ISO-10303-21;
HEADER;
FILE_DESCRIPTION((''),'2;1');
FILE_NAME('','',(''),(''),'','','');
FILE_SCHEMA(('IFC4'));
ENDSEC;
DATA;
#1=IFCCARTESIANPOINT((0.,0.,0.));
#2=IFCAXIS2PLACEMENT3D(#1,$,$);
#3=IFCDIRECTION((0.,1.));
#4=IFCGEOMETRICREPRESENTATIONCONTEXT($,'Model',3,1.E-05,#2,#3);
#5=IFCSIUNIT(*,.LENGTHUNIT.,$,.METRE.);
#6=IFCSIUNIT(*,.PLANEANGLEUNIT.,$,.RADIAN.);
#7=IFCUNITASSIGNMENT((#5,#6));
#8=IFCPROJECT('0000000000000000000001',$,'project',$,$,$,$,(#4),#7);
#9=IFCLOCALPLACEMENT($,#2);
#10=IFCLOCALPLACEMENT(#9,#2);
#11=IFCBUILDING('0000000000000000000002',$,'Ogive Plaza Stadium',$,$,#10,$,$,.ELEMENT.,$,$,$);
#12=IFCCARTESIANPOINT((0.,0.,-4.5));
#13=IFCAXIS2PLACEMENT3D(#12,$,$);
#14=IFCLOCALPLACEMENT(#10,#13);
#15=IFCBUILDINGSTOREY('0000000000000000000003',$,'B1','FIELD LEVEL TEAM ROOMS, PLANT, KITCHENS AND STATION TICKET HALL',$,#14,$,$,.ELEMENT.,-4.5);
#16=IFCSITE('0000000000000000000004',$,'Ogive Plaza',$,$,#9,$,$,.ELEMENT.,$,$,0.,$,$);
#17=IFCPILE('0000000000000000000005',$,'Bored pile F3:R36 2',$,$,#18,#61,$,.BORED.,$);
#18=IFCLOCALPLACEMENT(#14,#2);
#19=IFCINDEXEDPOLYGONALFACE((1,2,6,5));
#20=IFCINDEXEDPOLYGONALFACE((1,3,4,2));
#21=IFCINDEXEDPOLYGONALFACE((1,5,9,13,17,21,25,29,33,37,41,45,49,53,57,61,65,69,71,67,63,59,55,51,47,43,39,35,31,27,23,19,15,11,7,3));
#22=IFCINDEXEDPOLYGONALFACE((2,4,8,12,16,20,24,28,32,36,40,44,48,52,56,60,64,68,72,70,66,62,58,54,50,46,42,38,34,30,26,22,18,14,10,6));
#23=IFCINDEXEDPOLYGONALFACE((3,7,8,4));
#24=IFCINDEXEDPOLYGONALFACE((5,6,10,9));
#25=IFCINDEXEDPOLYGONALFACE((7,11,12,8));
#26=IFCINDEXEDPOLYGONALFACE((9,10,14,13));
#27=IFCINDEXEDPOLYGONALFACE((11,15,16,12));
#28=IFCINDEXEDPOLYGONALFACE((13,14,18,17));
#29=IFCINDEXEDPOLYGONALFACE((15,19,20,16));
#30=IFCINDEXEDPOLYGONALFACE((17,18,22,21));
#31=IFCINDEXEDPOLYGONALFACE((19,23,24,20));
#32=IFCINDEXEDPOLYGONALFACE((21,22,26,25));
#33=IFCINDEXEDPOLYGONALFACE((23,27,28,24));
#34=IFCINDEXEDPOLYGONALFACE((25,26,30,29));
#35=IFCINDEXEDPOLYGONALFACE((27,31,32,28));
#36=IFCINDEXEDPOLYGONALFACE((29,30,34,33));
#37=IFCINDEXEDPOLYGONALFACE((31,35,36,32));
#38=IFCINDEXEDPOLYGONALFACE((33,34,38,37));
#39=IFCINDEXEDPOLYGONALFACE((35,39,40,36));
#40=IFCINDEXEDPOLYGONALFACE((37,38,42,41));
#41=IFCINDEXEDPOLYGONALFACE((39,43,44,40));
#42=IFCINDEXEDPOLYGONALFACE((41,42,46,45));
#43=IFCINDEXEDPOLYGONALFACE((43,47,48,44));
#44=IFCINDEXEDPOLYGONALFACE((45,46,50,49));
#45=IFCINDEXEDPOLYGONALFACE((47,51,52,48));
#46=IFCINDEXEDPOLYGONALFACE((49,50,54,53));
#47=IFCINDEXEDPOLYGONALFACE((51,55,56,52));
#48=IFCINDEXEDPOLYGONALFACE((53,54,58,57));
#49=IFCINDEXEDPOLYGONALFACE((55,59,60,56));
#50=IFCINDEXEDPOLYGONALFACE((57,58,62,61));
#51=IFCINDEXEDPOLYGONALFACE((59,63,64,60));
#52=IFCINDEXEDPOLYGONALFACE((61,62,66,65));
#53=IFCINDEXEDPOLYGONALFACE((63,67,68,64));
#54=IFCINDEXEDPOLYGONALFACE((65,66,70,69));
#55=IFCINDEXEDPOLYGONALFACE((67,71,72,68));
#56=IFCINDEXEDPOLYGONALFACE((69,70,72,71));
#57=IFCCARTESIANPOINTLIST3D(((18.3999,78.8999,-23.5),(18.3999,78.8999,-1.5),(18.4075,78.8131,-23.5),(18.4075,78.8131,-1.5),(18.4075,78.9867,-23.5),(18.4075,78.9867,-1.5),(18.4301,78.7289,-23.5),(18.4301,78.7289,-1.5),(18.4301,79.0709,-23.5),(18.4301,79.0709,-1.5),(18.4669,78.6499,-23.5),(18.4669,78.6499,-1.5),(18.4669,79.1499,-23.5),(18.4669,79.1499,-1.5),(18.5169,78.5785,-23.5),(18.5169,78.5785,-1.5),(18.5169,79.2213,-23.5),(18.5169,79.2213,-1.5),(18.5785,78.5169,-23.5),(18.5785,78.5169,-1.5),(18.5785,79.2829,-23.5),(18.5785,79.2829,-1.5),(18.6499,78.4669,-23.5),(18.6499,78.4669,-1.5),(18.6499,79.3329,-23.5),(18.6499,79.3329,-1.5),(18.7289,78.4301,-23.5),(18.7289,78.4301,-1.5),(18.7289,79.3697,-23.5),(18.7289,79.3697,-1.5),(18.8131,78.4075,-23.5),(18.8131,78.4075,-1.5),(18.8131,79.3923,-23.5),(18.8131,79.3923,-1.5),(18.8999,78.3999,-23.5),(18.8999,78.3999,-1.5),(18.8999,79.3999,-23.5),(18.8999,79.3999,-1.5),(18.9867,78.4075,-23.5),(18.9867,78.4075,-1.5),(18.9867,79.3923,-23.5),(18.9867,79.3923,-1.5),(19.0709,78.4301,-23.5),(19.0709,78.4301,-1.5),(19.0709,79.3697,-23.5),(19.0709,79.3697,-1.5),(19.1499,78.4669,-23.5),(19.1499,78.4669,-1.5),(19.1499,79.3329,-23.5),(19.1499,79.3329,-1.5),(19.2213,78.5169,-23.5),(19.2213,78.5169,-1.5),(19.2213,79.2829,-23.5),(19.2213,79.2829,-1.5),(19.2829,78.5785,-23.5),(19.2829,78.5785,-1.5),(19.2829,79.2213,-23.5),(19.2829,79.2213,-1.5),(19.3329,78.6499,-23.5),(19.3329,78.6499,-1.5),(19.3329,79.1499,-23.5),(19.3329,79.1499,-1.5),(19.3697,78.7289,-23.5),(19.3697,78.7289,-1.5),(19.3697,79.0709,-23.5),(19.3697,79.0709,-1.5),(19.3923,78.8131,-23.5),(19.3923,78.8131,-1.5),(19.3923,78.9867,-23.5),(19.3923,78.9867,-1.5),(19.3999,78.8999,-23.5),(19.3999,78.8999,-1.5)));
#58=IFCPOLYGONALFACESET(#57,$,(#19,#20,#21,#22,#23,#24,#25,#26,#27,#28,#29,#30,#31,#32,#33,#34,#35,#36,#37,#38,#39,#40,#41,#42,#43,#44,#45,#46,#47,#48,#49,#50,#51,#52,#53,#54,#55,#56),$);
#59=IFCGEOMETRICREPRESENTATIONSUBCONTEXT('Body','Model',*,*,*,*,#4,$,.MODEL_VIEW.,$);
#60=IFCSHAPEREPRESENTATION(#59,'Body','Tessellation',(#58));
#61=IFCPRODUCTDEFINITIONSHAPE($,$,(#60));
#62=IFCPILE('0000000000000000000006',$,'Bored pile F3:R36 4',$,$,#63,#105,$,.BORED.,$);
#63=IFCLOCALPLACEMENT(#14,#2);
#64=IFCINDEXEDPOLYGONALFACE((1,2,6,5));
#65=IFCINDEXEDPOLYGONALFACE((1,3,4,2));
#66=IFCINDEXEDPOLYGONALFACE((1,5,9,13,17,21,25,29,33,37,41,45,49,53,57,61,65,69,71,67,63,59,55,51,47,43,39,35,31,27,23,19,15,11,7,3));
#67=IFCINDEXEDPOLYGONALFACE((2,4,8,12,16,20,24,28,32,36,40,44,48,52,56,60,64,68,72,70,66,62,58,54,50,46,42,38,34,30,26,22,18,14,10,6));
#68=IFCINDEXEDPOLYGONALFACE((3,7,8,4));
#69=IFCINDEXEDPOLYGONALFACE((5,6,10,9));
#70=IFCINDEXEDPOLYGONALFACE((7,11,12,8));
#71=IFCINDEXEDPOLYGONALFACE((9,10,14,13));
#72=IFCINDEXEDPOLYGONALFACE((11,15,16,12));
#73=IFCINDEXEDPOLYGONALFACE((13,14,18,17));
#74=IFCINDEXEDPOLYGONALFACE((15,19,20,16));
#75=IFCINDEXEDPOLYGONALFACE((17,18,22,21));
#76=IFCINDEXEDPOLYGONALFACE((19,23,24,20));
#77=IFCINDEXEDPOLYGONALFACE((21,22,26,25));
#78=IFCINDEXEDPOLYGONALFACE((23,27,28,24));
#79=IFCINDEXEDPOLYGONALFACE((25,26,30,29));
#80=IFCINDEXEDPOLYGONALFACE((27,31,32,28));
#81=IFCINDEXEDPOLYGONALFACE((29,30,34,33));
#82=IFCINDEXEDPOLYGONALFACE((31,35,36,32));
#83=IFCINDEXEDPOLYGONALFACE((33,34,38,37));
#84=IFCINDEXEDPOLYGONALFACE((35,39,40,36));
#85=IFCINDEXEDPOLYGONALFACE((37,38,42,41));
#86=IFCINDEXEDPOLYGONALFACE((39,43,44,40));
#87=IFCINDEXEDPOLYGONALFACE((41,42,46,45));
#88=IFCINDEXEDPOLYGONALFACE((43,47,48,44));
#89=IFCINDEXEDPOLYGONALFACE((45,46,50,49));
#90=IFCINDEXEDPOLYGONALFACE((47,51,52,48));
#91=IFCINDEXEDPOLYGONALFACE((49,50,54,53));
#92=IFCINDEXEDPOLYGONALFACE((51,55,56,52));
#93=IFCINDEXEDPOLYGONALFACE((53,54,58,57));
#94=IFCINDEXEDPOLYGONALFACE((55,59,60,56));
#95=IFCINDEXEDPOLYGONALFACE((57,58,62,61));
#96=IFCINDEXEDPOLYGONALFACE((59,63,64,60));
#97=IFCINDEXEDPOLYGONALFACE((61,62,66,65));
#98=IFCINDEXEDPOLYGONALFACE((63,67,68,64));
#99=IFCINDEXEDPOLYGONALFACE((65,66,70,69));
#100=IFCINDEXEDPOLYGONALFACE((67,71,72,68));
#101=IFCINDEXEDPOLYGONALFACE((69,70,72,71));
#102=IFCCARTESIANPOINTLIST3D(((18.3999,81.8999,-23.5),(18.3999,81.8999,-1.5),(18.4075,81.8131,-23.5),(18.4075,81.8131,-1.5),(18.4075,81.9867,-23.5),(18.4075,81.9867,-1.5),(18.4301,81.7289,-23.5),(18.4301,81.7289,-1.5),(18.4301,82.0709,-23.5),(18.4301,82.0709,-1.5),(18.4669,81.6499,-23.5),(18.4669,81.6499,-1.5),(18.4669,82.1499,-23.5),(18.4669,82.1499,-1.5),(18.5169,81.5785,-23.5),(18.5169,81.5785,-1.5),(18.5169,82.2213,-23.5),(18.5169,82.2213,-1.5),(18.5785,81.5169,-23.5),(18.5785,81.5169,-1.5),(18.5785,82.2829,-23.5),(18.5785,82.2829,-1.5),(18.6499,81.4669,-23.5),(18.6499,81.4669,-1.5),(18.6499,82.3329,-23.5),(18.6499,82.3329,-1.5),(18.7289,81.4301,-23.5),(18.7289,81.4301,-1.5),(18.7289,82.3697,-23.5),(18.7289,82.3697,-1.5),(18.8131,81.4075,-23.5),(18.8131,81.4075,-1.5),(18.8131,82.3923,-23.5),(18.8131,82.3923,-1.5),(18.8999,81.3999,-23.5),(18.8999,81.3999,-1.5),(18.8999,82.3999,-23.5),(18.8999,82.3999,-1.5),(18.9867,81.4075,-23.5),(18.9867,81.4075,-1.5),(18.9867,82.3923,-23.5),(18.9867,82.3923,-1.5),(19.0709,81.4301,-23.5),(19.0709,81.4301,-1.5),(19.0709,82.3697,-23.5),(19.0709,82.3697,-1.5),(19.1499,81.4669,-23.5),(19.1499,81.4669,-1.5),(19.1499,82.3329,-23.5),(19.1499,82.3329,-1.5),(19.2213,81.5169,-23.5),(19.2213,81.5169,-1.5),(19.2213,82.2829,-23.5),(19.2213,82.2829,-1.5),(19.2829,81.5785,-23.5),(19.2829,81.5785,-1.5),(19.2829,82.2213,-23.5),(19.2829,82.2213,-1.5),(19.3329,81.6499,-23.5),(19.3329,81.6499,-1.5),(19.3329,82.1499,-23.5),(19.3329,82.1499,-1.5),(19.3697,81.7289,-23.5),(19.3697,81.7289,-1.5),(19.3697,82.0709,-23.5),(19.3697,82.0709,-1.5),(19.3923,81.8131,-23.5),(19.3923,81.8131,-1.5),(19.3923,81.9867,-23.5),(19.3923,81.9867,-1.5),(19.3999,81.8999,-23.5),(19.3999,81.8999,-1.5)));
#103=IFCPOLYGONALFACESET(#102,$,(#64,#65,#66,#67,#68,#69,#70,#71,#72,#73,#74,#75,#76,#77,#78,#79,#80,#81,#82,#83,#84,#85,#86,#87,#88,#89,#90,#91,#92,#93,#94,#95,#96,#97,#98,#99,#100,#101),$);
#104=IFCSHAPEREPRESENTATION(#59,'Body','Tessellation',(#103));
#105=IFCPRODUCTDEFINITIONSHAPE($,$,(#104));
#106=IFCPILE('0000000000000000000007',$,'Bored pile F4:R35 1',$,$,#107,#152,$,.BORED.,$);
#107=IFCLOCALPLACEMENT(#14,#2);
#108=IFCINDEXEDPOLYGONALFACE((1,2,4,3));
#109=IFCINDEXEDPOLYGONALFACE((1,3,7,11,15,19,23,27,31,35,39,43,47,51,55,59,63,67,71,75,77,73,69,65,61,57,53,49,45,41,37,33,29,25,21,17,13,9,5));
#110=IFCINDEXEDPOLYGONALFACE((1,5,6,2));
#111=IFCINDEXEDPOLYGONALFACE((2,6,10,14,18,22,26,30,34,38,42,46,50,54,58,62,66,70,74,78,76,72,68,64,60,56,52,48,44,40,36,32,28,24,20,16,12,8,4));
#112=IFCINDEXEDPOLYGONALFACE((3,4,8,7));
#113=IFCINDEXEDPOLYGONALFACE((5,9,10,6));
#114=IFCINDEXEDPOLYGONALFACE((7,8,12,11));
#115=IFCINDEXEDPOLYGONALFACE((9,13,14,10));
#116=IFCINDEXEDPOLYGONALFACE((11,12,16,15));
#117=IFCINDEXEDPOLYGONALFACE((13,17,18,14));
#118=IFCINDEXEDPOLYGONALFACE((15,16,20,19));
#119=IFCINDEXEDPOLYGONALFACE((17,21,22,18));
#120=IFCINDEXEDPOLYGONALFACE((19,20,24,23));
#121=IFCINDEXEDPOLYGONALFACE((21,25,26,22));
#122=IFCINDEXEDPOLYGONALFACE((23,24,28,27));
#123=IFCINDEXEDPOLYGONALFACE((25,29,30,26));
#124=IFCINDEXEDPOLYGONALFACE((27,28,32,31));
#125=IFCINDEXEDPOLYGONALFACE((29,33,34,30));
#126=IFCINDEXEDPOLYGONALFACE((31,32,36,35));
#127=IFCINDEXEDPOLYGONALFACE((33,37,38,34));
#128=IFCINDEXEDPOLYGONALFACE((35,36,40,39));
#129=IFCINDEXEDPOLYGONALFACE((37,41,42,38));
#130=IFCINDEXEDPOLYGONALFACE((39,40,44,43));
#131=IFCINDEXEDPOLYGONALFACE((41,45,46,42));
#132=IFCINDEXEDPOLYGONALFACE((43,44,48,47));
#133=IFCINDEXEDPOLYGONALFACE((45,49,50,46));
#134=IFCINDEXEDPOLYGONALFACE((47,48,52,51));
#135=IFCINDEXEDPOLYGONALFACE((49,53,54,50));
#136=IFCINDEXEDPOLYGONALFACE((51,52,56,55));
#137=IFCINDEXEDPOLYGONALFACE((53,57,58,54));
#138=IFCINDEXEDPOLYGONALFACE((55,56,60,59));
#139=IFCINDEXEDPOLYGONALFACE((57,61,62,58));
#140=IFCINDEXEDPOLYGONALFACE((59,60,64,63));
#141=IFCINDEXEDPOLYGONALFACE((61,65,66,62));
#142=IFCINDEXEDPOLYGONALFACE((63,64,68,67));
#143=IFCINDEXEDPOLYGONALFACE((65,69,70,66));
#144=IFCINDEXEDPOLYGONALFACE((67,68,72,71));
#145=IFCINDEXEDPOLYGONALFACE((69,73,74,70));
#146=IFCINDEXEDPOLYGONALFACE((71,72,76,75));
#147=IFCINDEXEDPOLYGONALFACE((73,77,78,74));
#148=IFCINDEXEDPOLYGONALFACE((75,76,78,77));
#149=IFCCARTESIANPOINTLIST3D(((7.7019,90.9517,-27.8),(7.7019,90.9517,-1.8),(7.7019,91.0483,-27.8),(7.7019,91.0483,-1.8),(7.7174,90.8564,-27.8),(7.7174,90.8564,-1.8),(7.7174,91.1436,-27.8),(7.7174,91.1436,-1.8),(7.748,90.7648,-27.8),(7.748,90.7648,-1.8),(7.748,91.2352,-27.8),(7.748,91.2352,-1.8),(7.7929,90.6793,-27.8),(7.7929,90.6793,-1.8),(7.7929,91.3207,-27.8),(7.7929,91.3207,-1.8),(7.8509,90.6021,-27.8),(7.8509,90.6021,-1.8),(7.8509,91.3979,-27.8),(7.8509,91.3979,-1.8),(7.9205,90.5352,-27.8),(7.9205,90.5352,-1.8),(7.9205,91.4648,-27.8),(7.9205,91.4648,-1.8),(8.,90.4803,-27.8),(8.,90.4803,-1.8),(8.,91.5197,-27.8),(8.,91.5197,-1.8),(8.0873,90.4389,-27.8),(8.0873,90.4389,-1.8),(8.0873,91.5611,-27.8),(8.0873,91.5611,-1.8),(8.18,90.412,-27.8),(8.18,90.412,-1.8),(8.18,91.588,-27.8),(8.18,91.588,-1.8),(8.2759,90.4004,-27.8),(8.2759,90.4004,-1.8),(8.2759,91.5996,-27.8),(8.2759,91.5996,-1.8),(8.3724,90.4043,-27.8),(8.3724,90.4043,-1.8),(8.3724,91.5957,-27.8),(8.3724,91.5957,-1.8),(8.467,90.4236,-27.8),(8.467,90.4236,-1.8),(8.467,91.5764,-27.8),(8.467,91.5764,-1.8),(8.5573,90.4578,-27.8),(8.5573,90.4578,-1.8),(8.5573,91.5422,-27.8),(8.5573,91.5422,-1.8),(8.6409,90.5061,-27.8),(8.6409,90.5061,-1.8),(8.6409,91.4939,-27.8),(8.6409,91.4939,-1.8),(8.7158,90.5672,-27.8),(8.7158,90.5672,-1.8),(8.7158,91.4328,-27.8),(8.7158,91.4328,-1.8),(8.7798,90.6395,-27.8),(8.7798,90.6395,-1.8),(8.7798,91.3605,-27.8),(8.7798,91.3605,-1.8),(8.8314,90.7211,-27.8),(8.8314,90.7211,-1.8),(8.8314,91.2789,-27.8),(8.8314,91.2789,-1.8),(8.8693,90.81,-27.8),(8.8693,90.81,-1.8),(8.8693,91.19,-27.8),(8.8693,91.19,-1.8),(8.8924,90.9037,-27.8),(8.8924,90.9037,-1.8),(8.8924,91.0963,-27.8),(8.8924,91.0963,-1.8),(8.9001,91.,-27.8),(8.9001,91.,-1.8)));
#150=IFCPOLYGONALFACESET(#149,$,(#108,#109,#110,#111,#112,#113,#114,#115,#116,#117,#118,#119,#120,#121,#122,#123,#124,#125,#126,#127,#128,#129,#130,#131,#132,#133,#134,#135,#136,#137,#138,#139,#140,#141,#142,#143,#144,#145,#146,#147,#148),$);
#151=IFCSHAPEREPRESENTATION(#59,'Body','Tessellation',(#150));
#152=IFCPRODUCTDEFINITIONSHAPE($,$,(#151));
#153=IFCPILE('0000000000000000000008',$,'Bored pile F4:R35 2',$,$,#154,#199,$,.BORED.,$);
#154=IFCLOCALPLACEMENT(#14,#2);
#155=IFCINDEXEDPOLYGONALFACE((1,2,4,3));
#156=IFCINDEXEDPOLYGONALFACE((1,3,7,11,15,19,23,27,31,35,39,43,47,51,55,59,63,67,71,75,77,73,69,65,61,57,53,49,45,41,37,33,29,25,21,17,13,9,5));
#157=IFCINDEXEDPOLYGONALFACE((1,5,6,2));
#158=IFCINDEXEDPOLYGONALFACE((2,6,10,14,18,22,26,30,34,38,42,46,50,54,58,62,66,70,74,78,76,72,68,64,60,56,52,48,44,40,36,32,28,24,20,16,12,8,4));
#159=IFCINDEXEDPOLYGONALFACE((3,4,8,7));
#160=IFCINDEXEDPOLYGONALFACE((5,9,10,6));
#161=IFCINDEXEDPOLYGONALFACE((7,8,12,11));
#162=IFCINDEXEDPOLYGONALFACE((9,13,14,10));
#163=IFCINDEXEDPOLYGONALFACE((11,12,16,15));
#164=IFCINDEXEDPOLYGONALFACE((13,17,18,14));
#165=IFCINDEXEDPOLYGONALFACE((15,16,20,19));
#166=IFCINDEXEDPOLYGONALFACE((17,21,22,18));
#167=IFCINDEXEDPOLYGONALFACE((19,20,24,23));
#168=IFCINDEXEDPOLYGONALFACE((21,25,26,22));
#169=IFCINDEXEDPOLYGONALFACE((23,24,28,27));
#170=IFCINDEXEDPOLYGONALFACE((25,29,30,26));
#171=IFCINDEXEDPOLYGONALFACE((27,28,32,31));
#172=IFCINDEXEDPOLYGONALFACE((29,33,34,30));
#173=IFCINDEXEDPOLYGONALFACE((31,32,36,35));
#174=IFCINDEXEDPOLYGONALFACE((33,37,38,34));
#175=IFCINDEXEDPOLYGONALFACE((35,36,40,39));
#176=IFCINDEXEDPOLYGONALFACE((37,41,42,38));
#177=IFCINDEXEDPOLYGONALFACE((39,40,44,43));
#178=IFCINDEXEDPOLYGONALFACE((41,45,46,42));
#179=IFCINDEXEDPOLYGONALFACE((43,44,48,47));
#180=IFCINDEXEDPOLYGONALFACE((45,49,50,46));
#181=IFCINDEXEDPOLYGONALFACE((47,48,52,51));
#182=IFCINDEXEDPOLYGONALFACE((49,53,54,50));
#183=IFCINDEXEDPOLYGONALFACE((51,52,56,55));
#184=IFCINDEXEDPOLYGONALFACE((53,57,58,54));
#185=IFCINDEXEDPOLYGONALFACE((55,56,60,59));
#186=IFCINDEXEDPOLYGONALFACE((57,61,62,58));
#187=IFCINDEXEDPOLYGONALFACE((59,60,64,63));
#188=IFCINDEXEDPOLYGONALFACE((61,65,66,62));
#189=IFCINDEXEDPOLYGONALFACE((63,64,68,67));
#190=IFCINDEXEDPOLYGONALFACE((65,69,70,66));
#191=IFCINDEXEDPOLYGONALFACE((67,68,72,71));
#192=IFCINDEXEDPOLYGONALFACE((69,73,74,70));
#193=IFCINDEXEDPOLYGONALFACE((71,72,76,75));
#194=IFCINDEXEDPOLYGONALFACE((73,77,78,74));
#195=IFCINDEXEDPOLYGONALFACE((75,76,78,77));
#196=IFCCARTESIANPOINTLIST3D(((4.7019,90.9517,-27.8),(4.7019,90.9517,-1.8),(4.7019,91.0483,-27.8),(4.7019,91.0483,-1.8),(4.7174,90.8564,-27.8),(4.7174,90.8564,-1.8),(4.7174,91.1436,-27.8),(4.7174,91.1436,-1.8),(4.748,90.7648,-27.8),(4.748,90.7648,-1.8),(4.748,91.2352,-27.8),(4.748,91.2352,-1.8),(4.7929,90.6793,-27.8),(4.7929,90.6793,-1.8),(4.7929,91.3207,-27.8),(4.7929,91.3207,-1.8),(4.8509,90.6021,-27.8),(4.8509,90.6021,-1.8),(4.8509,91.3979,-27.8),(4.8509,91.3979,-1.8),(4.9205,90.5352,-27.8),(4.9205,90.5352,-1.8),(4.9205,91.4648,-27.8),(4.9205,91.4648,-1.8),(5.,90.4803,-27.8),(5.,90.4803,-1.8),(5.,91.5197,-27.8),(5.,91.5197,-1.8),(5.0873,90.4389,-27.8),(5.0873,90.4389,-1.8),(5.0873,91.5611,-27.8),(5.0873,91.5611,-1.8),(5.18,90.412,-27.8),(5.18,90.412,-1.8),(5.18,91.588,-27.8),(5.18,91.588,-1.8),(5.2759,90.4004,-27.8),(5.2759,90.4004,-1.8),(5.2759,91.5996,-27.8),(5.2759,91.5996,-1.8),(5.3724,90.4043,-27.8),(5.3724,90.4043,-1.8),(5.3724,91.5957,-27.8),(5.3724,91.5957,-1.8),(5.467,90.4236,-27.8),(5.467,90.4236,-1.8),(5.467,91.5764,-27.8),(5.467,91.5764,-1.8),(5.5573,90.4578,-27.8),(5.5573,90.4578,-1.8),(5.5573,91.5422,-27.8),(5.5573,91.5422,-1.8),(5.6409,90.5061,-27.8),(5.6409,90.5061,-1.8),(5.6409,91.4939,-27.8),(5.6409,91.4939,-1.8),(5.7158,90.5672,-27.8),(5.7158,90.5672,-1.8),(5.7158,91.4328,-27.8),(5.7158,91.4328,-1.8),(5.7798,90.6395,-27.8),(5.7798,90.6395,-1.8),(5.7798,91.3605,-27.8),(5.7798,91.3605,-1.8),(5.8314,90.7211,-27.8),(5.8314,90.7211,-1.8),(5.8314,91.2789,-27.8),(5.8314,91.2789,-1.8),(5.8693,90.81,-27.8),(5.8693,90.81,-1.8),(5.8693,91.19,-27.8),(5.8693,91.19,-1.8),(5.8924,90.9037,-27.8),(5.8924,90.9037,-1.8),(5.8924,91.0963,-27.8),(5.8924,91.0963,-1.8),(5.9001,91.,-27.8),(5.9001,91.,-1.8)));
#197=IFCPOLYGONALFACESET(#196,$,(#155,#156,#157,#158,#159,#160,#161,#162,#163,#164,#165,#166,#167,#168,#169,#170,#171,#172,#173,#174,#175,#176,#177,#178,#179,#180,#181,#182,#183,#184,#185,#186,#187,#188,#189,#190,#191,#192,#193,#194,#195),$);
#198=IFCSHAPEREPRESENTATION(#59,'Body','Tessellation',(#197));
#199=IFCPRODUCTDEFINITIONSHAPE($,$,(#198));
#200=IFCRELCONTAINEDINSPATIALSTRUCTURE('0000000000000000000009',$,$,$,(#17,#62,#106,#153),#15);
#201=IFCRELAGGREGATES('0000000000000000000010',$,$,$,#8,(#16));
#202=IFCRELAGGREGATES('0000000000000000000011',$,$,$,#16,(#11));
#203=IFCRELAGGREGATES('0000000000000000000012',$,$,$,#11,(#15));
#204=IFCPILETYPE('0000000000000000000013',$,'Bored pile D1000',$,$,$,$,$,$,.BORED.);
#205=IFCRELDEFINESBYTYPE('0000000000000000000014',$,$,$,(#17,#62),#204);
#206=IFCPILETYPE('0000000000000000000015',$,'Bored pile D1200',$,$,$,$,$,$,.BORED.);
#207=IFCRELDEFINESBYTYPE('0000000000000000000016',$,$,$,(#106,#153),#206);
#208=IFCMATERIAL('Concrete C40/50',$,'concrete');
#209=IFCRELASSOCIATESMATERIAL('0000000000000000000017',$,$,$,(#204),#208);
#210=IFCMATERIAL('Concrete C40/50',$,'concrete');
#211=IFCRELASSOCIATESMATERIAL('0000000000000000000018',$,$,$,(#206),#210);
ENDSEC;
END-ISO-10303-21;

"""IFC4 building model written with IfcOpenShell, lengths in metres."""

from ifc_helpers import new_model, si_unit, direction, frame, origin, origin_2d, place, context, subcontext, project, spatial, circle, extrude, material, material_profile, profile_set, type_object, element, save


model = new_model("IFC4")

# Units and contexts
model_context = context("Model", 3, precision=1e-05, world=origin(), true_north=direction((0.0, 1.0)))
body_context = subcontext(model_context, "Body", "Model", "MODEL_VIEW")
ifc_project = project(units=[si_unit("LENGTHUNIT", "METRE"), si_unit("PLANEANGLEUNIT", "RADIAN")], contexts=[model_context])

# Site, building, storey
site_placement = place(None, origin())
site = spatial("IfcSite", under=ifc_project, at=site_placement, Name="Ogive Plaza", CompositionType="ELEMENT", RefElevation=0.0)
building_placement = place(site_placement, origin())
building = spatial("IfcBuilding", under=site, at=building_placement, Name="Ogive Plaza Stadium", CompositionType="ELEMENT")
storey_placement = place(building_placement, frame((0.0, 0.0, -4.5)))
storey = spatial("IfcBuildingStorey", under=building, at=storey_placement, Name="B1", Description="FIELD LEVEL TEAM ROOMS, PLANT, KITCHENS AND STATION TICKET HALL", CompositionType="ELEMENT", Elevation=-4.5)

# Piles
ifc_material_1 = material(Name="Concrete C40/50", Category="concrete")
ifc_material_profile_1 = material_profile(ifc_material_1, circle(Radius=0.5, at=origin_2d()), Name="RC D1000")
ifc_profile_set_1 = profile_set([ifc_material_profile_1], Name="Concrete C40/50")
pile_type_1 = type_object("IfcPileType", Name="Bored pile D1000", PredefinedType="BORED", material=ifc_profile_set_1)
for number, where, z_axis, x_axis, name in (
    (1, (18.8999, 78.8999, -1.5), (0.0, 0.0, -1.0), (1.0, 0.0, 0.0), "Bored pile F3:R36 2"),
    (2, (18.8999, 81.8999, -1.5), (0.0, 0.0, -1.0), (1.0, 0.0, 0.0), "Bored pile F3:R36 4"),
):
    element("IfcPile", number, at=place(storey_placement, frame(where, z_axis=z_axis, x_axis=x_axis)), inside=storey, type_object=pile_type_1, Name=name, PredefinedType="BORED", context=body_context, shape_type="SweptSolid", body=[
        extrude(circle(Radius=0.5, at=origin_2d()), origin(), (0.0, 0.0, 1.0), 22.0),
    ])
ifc_material_2 = material(Name="Concrete C40/50", Category="concrete")
ifc_material_profile_2 = material_profile(ifc_material_2, circle(Radius=0.6001, at=origin_2d()), Name="RC D1200")
ifc_profile_set_2 = profile_set([ifc_material_profile_2], Name="Concrete C40/50")
pile_type_2 = type_object("IfcPileType", Name="Bored pile D1200", PredefinedType="BORED", material=ifc_profile_set_2)
for number, where, z_axis, x_axis, name in (
    (3, (8.3, 91.0, -1.8), (0.0, 0.0, -1.0), (1.0, 0.0, 0.0), "Bored pile F4:R35 1"),
    (4, (5.3, 91.0, -1.8), (0.0, 0.0, -1.0), (1.0, 0.0, 0.0), "Bored pile F4:R35 2"),
):
    element("IfcPile", number, at=place(storey_placement, frame(where, z_axis=z_axis, x_axis=x_axis)), inside=storey, type_object=pile_type_2, Name=name, PredefinedType="BORED", context=body_context, shape_type="SweptSolid", body=[
        extrude(circle(Radius=0.6001, at=origin_2d()), origin(), (0.0, 0.0, 1.0), 26.0),
    ])

save(model, "model.ifc")
